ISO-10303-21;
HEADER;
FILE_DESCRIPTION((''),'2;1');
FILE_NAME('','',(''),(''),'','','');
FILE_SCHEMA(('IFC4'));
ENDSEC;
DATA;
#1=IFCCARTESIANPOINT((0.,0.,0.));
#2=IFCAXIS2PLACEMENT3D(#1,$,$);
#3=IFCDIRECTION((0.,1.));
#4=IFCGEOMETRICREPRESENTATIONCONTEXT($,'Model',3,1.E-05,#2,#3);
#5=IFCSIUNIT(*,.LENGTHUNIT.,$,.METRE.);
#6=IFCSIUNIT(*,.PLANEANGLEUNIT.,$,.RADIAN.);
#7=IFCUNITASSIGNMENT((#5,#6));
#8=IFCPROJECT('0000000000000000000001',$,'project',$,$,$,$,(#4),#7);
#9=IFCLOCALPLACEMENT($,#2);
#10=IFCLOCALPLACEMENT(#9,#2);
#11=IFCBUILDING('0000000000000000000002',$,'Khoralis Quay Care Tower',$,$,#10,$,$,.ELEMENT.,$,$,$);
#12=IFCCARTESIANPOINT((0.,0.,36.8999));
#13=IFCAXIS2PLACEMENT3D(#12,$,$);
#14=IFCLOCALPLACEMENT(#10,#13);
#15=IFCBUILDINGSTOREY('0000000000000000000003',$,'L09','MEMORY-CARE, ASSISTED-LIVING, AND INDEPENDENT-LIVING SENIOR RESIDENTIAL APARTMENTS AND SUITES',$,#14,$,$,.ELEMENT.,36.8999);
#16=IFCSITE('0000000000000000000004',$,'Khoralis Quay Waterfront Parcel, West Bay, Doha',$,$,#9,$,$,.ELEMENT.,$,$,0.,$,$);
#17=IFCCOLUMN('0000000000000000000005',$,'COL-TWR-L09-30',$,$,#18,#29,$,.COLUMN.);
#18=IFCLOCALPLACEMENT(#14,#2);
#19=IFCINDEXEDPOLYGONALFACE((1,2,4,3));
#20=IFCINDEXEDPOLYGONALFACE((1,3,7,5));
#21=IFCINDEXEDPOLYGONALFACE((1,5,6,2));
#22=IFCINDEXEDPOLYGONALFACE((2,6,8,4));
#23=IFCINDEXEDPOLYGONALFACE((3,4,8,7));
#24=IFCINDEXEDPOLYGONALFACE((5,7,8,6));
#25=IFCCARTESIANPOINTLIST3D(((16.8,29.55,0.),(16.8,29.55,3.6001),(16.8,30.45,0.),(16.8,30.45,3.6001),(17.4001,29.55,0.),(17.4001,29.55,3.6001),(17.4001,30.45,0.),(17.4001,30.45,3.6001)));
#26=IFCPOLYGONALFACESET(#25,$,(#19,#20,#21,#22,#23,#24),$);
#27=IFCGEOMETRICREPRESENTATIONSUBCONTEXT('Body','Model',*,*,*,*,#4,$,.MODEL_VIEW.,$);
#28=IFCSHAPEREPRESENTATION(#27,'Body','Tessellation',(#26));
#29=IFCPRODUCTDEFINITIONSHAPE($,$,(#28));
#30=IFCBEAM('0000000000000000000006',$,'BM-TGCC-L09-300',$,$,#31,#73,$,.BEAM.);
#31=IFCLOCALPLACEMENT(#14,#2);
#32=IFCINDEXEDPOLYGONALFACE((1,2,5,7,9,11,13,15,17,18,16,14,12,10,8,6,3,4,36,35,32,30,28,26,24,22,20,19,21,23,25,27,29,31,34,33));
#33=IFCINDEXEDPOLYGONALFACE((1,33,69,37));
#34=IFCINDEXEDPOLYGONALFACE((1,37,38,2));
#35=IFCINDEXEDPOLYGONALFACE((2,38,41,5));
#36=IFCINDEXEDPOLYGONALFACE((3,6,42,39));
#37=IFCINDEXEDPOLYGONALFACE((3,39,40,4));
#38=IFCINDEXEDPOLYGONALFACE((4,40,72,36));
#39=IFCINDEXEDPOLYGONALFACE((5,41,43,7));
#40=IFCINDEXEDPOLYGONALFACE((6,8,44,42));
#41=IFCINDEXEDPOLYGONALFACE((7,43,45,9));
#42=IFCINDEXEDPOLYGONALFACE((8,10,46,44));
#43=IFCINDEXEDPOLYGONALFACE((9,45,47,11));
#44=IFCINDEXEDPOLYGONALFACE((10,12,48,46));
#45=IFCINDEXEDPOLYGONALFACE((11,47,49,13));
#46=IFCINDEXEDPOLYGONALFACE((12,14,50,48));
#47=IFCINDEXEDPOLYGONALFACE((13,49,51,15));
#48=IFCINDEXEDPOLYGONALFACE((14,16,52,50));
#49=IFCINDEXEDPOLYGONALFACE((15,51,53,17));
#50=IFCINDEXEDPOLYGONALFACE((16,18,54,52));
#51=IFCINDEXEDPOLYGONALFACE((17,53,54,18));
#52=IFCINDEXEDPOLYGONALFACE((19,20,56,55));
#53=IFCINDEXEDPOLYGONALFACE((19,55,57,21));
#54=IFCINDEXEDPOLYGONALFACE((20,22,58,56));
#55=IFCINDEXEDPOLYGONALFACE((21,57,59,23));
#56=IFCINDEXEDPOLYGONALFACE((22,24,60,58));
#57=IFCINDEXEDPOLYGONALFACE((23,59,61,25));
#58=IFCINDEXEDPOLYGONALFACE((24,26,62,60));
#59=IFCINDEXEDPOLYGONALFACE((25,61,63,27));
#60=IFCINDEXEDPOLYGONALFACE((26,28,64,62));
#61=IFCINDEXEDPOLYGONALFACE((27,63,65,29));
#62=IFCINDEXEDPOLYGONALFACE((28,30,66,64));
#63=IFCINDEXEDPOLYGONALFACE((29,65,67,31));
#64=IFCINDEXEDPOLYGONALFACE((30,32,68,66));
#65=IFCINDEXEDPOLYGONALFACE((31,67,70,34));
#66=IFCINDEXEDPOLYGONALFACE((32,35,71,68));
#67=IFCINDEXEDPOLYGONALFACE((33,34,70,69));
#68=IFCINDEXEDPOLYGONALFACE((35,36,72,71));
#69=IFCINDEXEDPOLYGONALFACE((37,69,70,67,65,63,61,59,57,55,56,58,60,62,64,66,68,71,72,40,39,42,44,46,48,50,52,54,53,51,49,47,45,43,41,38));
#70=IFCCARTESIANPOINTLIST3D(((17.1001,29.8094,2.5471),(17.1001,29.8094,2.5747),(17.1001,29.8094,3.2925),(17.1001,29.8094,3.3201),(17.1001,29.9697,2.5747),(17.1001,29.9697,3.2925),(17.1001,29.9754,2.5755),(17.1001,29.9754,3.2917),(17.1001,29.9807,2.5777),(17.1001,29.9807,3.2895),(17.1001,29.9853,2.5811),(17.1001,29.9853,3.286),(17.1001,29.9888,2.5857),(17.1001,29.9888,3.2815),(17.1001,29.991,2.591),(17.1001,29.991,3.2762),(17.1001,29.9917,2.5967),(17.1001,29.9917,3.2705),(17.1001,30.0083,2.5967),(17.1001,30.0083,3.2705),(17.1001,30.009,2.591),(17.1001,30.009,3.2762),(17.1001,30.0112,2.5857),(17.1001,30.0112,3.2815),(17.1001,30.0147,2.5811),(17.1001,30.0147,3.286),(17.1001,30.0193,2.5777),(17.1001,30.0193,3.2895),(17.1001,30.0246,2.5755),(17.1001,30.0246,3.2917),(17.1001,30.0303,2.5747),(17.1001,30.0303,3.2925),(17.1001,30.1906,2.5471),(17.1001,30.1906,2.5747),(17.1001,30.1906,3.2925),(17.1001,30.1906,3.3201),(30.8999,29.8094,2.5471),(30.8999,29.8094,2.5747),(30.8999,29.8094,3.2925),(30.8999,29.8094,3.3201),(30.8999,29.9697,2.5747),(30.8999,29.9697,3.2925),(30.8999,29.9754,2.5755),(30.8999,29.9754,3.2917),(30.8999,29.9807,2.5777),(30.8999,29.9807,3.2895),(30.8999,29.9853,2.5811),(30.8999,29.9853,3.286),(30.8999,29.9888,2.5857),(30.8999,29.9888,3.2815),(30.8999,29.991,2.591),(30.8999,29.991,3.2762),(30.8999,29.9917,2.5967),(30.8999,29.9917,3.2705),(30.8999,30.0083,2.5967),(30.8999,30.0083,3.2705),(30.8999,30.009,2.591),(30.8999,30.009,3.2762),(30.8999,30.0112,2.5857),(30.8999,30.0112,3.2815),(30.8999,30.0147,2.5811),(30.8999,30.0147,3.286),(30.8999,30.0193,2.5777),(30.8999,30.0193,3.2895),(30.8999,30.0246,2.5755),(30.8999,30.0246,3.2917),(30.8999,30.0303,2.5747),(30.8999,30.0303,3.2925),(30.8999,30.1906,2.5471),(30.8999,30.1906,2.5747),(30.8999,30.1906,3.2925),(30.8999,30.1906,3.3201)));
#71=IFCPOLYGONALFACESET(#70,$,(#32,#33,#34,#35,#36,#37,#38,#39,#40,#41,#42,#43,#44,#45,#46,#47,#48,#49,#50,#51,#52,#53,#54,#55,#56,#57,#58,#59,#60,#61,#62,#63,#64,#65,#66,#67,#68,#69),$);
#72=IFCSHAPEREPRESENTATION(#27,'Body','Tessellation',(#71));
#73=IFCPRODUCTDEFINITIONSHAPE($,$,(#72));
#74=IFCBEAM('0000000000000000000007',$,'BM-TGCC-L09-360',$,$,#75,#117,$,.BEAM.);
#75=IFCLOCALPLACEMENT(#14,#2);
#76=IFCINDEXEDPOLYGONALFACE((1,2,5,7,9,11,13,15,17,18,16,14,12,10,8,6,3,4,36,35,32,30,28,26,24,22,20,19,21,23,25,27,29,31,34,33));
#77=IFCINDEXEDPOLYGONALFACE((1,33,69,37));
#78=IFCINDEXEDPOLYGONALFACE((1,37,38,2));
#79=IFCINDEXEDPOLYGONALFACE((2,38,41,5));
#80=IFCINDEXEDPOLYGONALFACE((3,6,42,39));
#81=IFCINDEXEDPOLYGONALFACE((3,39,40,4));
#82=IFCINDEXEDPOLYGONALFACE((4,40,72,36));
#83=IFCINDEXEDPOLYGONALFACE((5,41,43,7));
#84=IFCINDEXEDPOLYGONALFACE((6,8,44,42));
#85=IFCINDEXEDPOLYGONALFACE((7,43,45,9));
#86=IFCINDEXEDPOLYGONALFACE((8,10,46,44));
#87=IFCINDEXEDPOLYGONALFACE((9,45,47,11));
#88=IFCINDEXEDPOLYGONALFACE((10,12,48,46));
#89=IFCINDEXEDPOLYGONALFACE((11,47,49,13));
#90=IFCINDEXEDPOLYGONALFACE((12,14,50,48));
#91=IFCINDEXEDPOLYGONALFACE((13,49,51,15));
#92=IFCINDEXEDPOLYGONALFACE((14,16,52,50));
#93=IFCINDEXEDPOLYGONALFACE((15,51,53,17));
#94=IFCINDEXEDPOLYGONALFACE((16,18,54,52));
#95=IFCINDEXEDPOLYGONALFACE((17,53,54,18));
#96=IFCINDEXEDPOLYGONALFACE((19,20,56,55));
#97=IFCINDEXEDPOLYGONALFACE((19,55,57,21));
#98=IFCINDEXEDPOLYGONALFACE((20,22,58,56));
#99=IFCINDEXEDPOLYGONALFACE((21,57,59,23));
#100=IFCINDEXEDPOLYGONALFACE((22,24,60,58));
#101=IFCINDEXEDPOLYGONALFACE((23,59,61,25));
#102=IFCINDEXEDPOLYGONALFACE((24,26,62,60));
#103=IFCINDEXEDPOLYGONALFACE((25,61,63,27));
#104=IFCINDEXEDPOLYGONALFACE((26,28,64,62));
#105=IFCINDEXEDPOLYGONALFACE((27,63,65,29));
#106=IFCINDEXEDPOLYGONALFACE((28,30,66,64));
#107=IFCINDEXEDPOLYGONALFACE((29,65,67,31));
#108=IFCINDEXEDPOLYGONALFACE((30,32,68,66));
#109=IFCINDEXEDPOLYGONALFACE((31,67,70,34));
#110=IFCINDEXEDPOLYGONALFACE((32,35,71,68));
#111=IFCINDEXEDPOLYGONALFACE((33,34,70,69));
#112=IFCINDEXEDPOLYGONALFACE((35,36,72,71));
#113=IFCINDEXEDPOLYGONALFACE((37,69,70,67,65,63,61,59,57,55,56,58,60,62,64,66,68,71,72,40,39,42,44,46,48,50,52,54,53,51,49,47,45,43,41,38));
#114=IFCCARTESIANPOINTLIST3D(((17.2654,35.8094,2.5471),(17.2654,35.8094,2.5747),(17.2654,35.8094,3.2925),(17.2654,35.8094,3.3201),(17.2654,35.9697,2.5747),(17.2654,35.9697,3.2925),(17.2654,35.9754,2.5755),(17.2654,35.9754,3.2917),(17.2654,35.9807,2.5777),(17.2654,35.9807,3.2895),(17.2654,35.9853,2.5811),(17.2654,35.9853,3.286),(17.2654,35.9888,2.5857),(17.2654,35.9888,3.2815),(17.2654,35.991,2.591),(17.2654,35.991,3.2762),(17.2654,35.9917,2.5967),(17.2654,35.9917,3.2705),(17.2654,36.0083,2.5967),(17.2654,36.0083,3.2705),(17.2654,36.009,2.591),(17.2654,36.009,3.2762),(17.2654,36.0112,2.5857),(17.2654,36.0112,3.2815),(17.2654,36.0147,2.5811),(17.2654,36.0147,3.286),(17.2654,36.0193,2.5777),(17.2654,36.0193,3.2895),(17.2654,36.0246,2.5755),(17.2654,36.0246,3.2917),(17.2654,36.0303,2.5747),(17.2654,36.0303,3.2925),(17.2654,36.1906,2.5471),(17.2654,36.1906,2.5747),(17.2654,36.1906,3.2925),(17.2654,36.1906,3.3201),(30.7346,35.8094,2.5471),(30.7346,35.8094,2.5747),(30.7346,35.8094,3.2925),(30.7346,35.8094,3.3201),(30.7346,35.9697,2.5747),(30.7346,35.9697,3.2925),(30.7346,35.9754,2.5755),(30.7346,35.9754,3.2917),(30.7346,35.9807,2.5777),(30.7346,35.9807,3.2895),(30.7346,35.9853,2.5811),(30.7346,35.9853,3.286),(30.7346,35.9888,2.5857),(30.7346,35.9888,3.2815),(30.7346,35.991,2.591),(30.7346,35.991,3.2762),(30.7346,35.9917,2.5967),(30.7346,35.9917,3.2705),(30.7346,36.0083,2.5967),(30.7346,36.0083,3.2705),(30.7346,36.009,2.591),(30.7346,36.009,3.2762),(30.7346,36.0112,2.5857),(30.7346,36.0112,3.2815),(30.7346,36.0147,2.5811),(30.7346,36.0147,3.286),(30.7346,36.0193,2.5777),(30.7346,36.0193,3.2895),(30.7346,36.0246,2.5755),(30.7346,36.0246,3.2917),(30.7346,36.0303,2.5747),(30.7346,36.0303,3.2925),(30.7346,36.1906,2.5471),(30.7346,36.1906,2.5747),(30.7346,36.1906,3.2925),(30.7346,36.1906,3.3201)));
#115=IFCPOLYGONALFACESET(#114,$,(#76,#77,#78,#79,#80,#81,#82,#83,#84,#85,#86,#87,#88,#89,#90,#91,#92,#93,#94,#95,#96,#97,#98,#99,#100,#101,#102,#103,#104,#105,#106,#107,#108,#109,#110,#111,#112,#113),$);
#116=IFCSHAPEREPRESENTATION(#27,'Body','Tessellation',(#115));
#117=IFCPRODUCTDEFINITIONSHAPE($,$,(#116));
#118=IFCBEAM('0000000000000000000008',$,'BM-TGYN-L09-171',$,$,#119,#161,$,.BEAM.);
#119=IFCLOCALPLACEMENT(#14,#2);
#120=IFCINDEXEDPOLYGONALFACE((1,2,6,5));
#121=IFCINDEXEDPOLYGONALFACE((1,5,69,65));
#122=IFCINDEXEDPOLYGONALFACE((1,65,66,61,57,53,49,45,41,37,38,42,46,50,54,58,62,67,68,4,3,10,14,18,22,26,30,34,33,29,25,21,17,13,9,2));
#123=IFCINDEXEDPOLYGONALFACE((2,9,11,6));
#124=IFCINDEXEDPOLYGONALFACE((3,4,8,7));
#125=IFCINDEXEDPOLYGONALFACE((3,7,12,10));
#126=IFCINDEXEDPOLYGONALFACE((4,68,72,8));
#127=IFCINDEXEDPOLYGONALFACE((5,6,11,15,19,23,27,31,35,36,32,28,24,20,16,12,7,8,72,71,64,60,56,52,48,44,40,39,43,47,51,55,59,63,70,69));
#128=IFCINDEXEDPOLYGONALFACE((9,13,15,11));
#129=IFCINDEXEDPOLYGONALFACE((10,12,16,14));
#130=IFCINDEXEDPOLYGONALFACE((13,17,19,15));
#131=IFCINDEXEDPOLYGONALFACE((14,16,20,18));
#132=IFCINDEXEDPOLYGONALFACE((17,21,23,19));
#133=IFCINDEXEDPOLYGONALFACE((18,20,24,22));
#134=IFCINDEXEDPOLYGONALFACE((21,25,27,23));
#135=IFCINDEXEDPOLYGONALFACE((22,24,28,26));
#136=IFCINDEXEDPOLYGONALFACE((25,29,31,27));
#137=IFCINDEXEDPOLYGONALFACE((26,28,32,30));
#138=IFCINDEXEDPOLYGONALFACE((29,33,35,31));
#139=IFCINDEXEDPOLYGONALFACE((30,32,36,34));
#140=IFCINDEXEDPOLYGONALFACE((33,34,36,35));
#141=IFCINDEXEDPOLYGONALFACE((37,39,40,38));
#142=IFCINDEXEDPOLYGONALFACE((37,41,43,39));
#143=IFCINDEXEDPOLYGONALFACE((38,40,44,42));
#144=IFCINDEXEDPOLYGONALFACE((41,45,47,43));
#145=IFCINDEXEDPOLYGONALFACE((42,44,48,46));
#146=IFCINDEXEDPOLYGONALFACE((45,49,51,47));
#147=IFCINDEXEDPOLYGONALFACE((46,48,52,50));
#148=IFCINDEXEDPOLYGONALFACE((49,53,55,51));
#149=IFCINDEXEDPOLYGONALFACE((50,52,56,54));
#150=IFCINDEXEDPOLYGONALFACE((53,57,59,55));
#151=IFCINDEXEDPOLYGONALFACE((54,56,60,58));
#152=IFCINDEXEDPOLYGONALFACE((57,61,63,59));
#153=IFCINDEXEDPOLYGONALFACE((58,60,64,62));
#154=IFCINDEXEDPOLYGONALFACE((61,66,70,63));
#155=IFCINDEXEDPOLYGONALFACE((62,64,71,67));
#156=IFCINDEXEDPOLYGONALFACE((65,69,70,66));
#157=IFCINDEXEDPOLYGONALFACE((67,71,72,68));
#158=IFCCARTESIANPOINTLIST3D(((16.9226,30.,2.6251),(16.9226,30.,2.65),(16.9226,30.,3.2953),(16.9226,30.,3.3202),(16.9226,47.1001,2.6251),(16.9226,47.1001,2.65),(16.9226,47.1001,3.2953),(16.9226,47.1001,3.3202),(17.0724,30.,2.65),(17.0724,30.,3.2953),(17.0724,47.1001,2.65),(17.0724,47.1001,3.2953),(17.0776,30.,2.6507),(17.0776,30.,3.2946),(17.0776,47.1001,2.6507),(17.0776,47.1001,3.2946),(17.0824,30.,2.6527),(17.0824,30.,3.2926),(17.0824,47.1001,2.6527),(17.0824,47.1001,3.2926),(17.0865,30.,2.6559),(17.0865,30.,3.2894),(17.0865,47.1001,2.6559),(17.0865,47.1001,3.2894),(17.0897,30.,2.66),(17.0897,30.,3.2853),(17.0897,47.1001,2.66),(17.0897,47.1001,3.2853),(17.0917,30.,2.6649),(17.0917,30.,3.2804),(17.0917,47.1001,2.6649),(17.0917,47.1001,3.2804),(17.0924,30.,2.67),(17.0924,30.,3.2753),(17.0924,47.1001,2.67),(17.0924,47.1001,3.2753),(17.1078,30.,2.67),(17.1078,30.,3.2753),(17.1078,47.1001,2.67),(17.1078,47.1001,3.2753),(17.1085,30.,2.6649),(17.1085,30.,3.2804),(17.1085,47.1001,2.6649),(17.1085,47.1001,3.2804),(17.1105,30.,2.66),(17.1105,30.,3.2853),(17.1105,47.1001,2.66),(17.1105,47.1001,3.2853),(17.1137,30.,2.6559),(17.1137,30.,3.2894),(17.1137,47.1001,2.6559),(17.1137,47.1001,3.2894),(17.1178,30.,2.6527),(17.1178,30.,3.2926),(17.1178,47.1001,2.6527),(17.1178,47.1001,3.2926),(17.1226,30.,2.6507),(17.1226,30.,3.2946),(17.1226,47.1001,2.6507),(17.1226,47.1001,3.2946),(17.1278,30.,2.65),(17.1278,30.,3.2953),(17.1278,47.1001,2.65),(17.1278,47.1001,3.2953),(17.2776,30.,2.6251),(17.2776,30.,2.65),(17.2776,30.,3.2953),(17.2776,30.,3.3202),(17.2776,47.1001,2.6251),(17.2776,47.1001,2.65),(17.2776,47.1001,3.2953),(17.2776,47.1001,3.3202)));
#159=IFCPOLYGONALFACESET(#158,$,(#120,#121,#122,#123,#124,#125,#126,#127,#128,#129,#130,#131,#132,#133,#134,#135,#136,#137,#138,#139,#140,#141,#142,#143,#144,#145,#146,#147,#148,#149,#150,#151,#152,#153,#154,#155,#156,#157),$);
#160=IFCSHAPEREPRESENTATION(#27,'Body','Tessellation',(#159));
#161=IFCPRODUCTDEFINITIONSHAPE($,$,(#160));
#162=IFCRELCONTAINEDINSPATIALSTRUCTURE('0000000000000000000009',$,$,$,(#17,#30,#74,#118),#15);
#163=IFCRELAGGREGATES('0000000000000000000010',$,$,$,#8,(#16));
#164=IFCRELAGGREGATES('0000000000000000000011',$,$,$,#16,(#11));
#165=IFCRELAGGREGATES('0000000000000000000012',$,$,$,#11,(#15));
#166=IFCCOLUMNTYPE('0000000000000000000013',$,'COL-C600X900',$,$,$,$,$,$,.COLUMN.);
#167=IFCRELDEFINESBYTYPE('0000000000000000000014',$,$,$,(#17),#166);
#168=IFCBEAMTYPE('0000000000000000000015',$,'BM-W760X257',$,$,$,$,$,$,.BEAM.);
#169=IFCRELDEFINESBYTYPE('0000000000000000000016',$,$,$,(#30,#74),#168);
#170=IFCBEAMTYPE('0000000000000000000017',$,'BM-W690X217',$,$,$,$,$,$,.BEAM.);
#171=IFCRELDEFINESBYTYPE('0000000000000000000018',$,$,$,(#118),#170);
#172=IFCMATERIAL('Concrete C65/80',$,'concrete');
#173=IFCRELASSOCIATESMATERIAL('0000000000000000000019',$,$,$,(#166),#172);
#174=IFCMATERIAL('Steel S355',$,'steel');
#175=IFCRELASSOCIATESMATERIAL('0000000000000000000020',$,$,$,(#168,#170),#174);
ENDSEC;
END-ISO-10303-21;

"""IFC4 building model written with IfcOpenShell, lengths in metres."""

from ifc_helpers import new_model, si_unit, direction, frame, origin, origin_2d, place, context, subcontext, project, spatial, rectangle, i_section, extrude, source, transform, mapped, material, material_profile, profile_set, type_object, element, save


model = new_model("IFC4")

# Units and contexts
model_context = context("Model", 3, precision=1e-05, world=origin(), true_north=direction((0.0, 1.0)))
body_context = subcontext(model_context, "Body", "Model", "MODEL_VIEW")
ifc_project = project(units=[si_unit("LENGTHUNIT", "METRE"), si_unit("PLANEANGLEUNIT", "RADIAN")], contexts=[model_context])

# Site, building, storey
site_placement = place(None, origin())
site = spatial("IfcSite", under=ifc_project, at=site_placement, Name="Khoralis Quay Waterfront Parcel, West Bay, Doha", CompositionType="ELEMENT", RefElevation=0.0)
building_placement = place(site_placement, origin())
building = spatial("IfcBuilding", under=site, at=building_placement, Name="Khoralis Quay Care Tower", CompositionType="ELEMENT")
storey_placement = place(building_placement, frame((0.0, 0.0, 36.8999)))
storey = spatial("IfcBuildingStorey", under=building, at=storey_placement, Name="L09", Description="MEMORY-CARE, ASSISTED-LIVING, AND INDEPENDENT-LIVING SENIOR RESIDENTIAL APARTMENTS AND SUITES", CompositionType="ELEMENT", Elevation=36.8999)

# Column
ifc_material_1 = material(Name="Concrete C65/80", Category="concrete")
ifc_material_profile_1 = material_profile(ifc_material_1, rectangle(XDim=0.6001, YDim=0.8999, at=origin_2d()), Name="Concrete C65/80")
ifc_profile_set_1 = profile_set([ifc_material_profile_1], Name="Concrete C65/80")
column_type = type_object("IfcColumnType", Name="COL-C600X900", PredefinedType="COLUMN", material=ifc_profile_set_1)
shared_shape_1 = source(origin(), body_context, "Body", "SweptSolid", [
    extrude(rectangle(XDim=0.6001, YDim=0.8999, at=origin_2d()), origin(), (0.0, 0.0, 1.0), 3.6001),
])
column_placement = place(storey_placement, frame((17.1001, 30.0, 0.0), z_axis=(0.0, 0.0, 1.0), x_axis=(1.0, 0.0, 0.0)))
element("IfcColumn", 1, at=column_placement, inside=storey, type_object=column_type, Name="COL-TWR-L09-30", PredefinedType="COLUMN", context=body_context, shape_type="MappedRepresentation", body=[
    mapped(shared_shape_1, transform((0.0, 0.0, 0.0), scale=1.0)),
])

# Beams
ifc_material_2 = material(Name="Steel S355", Category="steel")
ifc_material_profile_2 = material_profile(ifc_material_2, i_section(OverallWidth=0.3811, OverallDepth=0.7729, WebThickness=0.0166, FlangeThickness=0.0276, FilletRadius=0.022, at=origin_2d()), Name="Steel S355")
ifc_profile_set_2 = profile_set([ifc_material_profile_2], Name="Steel S355")
beam_type_1 = type_object("IfcBeamType", Name="BM-W760X257", PredefinedType="BEAM", material=ifc_profile_set_2)
shared_shape_2 = source(origin(), body_context, "Body", "SweptSolid", [
    extrude(i_section(OverallWidth=0.3811, OverallDepth=0.7729, WebThickness=0.0166, FlangeThickness=0.0276, FilletRadius=0.022, at=origin_2d()), origin(), (0.0, 0.0, 1.0), 13.7998),
])
beam_1_placement = place(storey_placement, frame((17.1001, 30.0, 2.9336), z_axis=(1.0, 0.0, 0.0), x_axis=(0.0, 1.0, 0.0)))
element("IfcBeam", 2, at=beam_1_placement, inside=storey, type_object=beam_type_1, Name="BM-TGCC-L09-300", PredefinedType="BEAM", context=body_context, shape_type="MappedRepresentation", body=[
    mapped(shared_shape_2, transform((0.0, 0.0, 0.0), scale=1.0)),
])
shared_shape_3 = source(origin(), body_context, "Body", "SweptSolid", [
    extrude(i_section(OverallWidth=0.3811, OverallDepth=0.7729, WebThickness=0.0166, FlangeThickness=0.0276, FilletRadius=0.022, at=origin_2d()), origin(), (0.0, 0.0, 1.0), 13.4692),
])
beam_2_placement = place(storey_placement, frame((17.2654, 36.0, 2.9336), z_axis=(1.0, 0.0, 0.0), x_axis=(0.0, 1.0, 0.0)))
element("IfcBeam", 3, at=beam_2_placement, inside=storey, type_object=beam_type_1, Name="BM-TGCC-L09-360", PredefinedType="BEAM", context=body_context, shape_type="MappedRepresentation", body=[
    mapped(shared_shape_3, transform((0.0, 0.0, 0.0), scale=1.0)),
])
ifc_material_profile_3 = material_profile(ifc_material_2, i_section(OverallWidth=0.355, OverallDepth=0.6951, WebThickness=0.0154, FlangeThickness=0.0249, FilletRadius=0.02, at=origin_2d()), Name="Steel S355")
ifc_profile_set_3 = profile_set([ifc_material_profile_3], Name="Steel S355")
beam_type_2 = type_object("IfcBeamType", Name="BM-W690X217", PredefinedType="BEAM", material=ifc_profile_set_3)
shared_shape_4 = source(origin(), body_context, "Body", "SweptSolid", [
    extrude(i_section(OverallWidth=0.355, OverallDepth=0.6951, WebThickness=0.0154, FlangeThickness=0.0249, FilletRadius=0.02, at=origin_2d()), origin(), (0.0, 0.0, 1.0), 17.1001),
])
beam_3_placement = place(storey_placement, frame((17.1001, 30.0, 2.9727), z_axis=(0.0, 1.0, 0.0), x_axis=(-1.0, 0.0, 0.0)))
element("IfcBeam", 4, at=beam_3_placement, inside=storey, type_object=beam_type_2, Name="BM-TGYN-L09-171", PredefinedType="BEAM", context=body_context, shape_type="MappedRepresentation", body=[
    mapped(shared_shape_4, transform((0.0, 0.0, 0.0), scale=1.0)),
])

save(model, "model.ifc")
